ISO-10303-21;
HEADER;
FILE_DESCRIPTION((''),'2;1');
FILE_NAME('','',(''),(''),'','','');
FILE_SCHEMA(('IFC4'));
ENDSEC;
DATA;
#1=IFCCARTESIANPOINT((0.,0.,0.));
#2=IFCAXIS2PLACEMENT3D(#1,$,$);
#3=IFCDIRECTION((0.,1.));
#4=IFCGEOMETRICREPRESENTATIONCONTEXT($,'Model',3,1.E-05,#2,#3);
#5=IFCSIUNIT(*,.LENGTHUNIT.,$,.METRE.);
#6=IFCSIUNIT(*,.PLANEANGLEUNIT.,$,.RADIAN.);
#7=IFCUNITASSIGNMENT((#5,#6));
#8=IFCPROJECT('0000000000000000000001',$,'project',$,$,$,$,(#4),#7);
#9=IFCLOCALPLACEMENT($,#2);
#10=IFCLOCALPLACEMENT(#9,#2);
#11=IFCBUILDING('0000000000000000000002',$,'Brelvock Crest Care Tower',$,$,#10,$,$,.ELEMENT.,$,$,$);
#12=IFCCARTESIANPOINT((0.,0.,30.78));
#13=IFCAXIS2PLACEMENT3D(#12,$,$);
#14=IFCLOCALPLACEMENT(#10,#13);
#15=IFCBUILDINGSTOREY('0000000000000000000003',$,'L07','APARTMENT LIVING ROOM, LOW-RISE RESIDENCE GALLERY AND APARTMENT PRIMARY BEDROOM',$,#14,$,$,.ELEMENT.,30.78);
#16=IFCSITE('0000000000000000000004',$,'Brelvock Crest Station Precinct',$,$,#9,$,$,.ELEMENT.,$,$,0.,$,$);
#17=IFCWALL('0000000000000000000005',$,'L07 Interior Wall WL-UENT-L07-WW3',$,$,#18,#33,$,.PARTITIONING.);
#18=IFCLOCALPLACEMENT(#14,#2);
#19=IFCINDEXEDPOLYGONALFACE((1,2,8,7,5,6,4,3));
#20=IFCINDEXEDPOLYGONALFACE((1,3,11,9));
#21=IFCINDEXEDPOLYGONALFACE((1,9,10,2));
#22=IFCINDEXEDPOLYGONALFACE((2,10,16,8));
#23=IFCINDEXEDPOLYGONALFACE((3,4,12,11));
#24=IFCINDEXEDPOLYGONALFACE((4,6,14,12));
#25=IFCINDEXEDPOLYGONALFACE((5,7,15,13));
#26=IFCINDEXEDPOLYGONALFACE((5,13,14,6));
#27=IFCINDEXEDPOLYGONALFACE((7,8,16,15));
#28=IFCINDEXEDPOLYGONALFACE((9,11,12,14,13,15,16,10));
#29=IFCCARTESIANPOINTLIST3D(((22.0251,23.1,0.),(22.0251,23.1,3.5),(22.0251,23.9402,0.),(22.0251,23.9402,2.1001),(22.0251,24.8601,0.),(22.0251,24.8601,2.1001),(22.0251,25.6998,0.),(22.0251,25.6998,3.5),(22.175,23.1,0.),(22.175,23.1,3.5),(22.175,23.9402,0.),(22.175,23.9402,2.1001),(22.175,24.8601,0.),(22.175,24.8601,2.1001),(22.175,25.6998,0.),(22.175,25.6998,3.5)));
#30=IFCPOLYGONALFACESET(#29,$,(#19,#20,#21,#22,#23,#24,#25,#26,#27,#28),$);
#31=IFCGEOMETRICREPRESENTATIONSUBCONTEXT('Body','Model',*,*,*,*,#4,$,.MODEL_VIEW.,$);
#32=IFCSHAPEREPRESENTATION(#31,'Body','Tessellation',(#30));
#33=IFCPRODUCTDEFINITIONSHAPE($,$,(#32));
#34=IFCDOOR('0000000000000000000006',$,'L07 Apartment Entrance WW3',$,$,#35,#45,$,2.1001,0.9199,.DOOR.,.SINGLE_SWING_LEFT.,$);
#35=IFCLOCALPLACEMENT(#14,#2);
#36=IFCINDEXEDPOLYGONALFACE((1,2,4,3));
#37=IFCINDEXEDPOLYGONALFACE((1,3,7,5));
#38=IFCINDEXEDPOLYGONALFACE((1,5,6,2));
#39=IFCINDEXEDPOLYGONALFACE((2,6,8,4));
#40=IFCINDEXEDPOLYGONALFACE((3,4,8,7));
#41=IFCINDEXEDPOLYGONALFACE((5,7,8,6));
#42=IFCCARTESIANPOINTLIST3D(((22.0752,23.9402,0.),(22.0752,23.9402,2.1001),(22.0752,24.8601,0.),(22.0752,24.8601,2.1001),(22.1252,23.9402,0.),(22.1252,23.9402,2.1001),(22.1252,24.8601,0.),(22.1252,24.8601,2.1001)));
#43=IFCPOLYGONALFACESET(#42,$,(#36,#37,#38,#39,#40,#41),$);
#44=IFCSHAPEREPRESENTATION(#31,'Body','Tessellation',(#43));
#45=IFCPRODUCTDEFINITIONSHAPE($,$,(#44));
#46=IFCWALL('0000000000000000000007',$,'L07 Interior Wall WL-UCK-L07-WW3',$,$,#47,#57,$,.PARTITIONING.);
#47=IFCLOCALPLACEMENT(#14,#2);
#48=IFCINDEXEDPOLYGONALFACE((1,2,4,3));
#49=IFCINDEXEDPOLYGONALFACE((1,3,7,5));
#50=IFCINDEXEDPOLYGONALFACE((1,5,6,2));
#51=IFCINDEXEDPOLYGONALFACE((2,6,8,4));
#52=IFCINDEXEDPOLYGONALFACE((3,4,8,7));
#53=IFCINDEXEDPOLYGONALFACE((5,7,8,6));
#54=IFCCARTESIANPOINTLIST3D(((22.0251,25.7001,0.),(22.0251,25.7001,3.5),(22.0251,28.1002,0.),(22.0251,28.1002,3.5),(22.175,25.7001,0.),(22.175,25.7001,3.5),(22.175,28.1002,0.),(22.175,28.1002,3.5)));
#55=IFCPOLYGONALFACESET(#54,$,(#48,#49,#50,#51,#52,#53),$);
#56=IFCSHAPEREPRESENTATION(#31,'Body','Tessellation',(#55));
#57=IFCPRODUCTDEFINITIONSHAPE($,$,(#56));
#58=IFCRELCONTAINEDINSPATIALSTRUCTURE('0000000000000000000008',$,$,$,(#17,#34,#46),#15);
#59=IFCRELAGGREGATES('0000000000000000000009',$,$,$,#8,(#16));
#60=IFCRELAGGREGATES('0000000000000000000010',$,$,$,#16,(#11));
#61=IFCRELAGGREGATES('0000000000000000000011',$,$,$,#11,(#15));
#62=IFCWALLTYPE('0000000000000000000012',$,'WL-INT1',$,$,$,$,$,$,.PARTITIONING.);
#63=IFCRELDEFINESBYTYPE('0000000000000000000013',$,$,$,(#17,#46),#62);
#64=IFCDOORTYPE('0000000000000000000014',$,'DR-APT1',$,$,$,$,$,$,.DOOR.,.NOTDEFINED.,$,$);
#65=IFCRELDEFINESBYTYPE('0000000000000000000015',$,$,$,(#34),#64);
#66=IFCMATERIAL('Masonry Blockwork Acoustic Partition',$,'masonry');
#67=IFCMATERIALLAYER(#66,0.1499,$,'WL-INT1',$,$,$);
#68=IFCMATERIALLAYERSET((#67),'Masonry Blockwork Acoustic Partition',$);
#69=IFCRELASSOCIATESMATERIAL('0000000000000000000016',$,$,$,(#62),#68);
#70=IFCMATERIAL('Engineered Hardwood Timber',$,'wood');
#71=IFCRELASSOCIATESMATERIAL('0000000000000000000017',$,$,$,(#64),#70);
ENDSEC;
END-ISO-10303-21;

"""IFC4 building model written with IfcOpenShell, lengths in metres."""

from ifc_helpers import new_model, si_unit, direction, frame, frame_2d, origin, origin_2d, place, context, subcontext, project, spatial, rectangle, extrude, source, transform, mapped, material, layer, layer_set, type_object, element, fill, save


model = new_model("IFC4")

# Units and contexts
model_context = context("Model", 3, precision=1e-05, world=origin(), true_north=direction((0.0, 1.0)))
body_context = subcontext(model_context, "Body", "Model", "MODEL_VIEW")
ifc_project = project(units=[si_unit("LENGTHUNIT", "METRE"), si_unit("PLANEANGLEUNIT", "RADIAN")], contexts=[model_context])

# Site, building, storey
site_placement = place(None, origin())
site = spatial("IfcSite", under=ifc_project, at=site_placement, Name="Brelvock Crest Station Precinct", CompositionType="ELEMENT", RefElevation=0.0)
building_placement = place(site_placement, origin())
building = spatial("IfcBuilding", under=site, at=building_placement, Name="Brelvock Crest Care Tower", CompositionType="ELEMENT")
storey_placement = place(building_placement, frame((0.0, 0.0, 30.78)))
storey = spatial("IfcBuildingStorey", under=building, at=storey_placement, Name="L07", Description="APARTMENT LIVING ROOM, LOW-RISE RESIDENCE GALLERY AND APARTMENT PRIMARY BEDROOM", CompositionType="ELEMENT", Elevation=30.78)

# Wall, opening, door
ifc_material_1 = material(Name="Masonry Blockwork Acoustic Partition", Category="masonry")
ifc_layer = layer(ifc_material_1, 0.1499, Name="WL-INT1")
ifc_layer_set = layer_set([ifc_layer], Name="Masonry Blockwork Acoustic Partition")
wall_type = type_object("IfcWallType", Name="WL-INT1", PredefinedType="PARTITIONING", material=ifc_layer_set)
wall_1_placement = place(storey_placement, frame((22.1001, 23.1001, 0.0), z_axis=(0.0, 0.0, 1.0), x_axis=(0.0, 1.0, 0.0)))
wall_1 = element("IfcWall", 1, at=wall_1_placement, inside=storey, type_object=wall_type, Name="L07 Interior Wall WL-UENT-L07-WW3", PredefinedType="PARTITIONING", context=body_context, shape_type="SweptSolid", body=[
    extrude(rectangle(XDim=2.5999, YDim=0.1499, at=frame_2d((1.2998, 0.0))), origin(), (0.0, 0.0, 1.0), 3.5),
])
opening_placement = place(wall_1_placement, frame((0.8401, 0.0, 0.0)))
opening = element("IfcOpeningElement", 2, at=opening_placement, cuts=wall_1, PredefinedType="OPENING", context=body_context, shape_type="SweptSolid", body=[
    extrude(rectangle(XDim=0.9199, YDim=2.1001, at=origin_2d()), frame((0.46, 0.085, 1.05), z_axis=(0.0, -1.0, 0.0), x_axis=(1.0, 0.0, 0.0)), (0.0, 0.0, 1.0), 0.1699),
])
ifc_material_2 = material(Name="Engineered Hardwood Timber", Category="wood")
door_type = type_object("IfcDoorType", Name="DR-APT1", OperationType="NOTDEFINED", PredefinedType="DOOR", material=ifc_material_2)
shared_shape_1 = source(origin(), body_context, "Body", "SweptSolid", [
    extrude(rectangle(XDim=0.9199, YDim=2.1001, at=origin_2d()), frame((0.46, 0.0249, 1.05), z_axis=(0.0, -1.0, 0.0), x_axis=(1.0, 0.0, 0.0)), (0.0, 0.0, 1.0), 0.05),
])
door_placement = place(opening_placement, origin())
door = element("IfcDoor", 3, at=door_placement, inside=storey, type_object=door_type, Name="L07 Apartment Entrance WW3", OperationType="SINGLE_SWING_LEFT", OverallHeight=2.1001, OverallWidth=0.9199, PredefinedType="DOOR", context=body_context, shape_type="MappedRepresentation", body=[
    mapped(shared_shape_1, transform((0.0, 0.0, 0.0), x_axis=(1.0, 0.0, 0.0), y_axis=(0.0, 1.0, 0.0), z_axis=(0.0, 0.0, 1.0), scale=1.0)),
])
fill(opening, door)

# Wall
wall_2_placement = place(storey_placement, frame((22.1001, 25.7, 0.0), z_axis=(0.0, 0.0, 1.0), x_axis=(0.0, 1.0, 0.0)))
element("IfcWall", 4, at=wall_2_placement, inside=storey, type_object=wall_type, Name="L07 Interior Wall WL-UCK-L07-WW3", PredefinedType="PARTITIONING", context=body_context, shape_type="SweptSolid", body=[
    extrude(rectangle(XDim=2.4001, YDim=0.1499, at=frame_2d((1.2002, 0.0))), origin(), (0.0, 0.0, 1.0), 3.5),
])

save(model, "model.ifc")
